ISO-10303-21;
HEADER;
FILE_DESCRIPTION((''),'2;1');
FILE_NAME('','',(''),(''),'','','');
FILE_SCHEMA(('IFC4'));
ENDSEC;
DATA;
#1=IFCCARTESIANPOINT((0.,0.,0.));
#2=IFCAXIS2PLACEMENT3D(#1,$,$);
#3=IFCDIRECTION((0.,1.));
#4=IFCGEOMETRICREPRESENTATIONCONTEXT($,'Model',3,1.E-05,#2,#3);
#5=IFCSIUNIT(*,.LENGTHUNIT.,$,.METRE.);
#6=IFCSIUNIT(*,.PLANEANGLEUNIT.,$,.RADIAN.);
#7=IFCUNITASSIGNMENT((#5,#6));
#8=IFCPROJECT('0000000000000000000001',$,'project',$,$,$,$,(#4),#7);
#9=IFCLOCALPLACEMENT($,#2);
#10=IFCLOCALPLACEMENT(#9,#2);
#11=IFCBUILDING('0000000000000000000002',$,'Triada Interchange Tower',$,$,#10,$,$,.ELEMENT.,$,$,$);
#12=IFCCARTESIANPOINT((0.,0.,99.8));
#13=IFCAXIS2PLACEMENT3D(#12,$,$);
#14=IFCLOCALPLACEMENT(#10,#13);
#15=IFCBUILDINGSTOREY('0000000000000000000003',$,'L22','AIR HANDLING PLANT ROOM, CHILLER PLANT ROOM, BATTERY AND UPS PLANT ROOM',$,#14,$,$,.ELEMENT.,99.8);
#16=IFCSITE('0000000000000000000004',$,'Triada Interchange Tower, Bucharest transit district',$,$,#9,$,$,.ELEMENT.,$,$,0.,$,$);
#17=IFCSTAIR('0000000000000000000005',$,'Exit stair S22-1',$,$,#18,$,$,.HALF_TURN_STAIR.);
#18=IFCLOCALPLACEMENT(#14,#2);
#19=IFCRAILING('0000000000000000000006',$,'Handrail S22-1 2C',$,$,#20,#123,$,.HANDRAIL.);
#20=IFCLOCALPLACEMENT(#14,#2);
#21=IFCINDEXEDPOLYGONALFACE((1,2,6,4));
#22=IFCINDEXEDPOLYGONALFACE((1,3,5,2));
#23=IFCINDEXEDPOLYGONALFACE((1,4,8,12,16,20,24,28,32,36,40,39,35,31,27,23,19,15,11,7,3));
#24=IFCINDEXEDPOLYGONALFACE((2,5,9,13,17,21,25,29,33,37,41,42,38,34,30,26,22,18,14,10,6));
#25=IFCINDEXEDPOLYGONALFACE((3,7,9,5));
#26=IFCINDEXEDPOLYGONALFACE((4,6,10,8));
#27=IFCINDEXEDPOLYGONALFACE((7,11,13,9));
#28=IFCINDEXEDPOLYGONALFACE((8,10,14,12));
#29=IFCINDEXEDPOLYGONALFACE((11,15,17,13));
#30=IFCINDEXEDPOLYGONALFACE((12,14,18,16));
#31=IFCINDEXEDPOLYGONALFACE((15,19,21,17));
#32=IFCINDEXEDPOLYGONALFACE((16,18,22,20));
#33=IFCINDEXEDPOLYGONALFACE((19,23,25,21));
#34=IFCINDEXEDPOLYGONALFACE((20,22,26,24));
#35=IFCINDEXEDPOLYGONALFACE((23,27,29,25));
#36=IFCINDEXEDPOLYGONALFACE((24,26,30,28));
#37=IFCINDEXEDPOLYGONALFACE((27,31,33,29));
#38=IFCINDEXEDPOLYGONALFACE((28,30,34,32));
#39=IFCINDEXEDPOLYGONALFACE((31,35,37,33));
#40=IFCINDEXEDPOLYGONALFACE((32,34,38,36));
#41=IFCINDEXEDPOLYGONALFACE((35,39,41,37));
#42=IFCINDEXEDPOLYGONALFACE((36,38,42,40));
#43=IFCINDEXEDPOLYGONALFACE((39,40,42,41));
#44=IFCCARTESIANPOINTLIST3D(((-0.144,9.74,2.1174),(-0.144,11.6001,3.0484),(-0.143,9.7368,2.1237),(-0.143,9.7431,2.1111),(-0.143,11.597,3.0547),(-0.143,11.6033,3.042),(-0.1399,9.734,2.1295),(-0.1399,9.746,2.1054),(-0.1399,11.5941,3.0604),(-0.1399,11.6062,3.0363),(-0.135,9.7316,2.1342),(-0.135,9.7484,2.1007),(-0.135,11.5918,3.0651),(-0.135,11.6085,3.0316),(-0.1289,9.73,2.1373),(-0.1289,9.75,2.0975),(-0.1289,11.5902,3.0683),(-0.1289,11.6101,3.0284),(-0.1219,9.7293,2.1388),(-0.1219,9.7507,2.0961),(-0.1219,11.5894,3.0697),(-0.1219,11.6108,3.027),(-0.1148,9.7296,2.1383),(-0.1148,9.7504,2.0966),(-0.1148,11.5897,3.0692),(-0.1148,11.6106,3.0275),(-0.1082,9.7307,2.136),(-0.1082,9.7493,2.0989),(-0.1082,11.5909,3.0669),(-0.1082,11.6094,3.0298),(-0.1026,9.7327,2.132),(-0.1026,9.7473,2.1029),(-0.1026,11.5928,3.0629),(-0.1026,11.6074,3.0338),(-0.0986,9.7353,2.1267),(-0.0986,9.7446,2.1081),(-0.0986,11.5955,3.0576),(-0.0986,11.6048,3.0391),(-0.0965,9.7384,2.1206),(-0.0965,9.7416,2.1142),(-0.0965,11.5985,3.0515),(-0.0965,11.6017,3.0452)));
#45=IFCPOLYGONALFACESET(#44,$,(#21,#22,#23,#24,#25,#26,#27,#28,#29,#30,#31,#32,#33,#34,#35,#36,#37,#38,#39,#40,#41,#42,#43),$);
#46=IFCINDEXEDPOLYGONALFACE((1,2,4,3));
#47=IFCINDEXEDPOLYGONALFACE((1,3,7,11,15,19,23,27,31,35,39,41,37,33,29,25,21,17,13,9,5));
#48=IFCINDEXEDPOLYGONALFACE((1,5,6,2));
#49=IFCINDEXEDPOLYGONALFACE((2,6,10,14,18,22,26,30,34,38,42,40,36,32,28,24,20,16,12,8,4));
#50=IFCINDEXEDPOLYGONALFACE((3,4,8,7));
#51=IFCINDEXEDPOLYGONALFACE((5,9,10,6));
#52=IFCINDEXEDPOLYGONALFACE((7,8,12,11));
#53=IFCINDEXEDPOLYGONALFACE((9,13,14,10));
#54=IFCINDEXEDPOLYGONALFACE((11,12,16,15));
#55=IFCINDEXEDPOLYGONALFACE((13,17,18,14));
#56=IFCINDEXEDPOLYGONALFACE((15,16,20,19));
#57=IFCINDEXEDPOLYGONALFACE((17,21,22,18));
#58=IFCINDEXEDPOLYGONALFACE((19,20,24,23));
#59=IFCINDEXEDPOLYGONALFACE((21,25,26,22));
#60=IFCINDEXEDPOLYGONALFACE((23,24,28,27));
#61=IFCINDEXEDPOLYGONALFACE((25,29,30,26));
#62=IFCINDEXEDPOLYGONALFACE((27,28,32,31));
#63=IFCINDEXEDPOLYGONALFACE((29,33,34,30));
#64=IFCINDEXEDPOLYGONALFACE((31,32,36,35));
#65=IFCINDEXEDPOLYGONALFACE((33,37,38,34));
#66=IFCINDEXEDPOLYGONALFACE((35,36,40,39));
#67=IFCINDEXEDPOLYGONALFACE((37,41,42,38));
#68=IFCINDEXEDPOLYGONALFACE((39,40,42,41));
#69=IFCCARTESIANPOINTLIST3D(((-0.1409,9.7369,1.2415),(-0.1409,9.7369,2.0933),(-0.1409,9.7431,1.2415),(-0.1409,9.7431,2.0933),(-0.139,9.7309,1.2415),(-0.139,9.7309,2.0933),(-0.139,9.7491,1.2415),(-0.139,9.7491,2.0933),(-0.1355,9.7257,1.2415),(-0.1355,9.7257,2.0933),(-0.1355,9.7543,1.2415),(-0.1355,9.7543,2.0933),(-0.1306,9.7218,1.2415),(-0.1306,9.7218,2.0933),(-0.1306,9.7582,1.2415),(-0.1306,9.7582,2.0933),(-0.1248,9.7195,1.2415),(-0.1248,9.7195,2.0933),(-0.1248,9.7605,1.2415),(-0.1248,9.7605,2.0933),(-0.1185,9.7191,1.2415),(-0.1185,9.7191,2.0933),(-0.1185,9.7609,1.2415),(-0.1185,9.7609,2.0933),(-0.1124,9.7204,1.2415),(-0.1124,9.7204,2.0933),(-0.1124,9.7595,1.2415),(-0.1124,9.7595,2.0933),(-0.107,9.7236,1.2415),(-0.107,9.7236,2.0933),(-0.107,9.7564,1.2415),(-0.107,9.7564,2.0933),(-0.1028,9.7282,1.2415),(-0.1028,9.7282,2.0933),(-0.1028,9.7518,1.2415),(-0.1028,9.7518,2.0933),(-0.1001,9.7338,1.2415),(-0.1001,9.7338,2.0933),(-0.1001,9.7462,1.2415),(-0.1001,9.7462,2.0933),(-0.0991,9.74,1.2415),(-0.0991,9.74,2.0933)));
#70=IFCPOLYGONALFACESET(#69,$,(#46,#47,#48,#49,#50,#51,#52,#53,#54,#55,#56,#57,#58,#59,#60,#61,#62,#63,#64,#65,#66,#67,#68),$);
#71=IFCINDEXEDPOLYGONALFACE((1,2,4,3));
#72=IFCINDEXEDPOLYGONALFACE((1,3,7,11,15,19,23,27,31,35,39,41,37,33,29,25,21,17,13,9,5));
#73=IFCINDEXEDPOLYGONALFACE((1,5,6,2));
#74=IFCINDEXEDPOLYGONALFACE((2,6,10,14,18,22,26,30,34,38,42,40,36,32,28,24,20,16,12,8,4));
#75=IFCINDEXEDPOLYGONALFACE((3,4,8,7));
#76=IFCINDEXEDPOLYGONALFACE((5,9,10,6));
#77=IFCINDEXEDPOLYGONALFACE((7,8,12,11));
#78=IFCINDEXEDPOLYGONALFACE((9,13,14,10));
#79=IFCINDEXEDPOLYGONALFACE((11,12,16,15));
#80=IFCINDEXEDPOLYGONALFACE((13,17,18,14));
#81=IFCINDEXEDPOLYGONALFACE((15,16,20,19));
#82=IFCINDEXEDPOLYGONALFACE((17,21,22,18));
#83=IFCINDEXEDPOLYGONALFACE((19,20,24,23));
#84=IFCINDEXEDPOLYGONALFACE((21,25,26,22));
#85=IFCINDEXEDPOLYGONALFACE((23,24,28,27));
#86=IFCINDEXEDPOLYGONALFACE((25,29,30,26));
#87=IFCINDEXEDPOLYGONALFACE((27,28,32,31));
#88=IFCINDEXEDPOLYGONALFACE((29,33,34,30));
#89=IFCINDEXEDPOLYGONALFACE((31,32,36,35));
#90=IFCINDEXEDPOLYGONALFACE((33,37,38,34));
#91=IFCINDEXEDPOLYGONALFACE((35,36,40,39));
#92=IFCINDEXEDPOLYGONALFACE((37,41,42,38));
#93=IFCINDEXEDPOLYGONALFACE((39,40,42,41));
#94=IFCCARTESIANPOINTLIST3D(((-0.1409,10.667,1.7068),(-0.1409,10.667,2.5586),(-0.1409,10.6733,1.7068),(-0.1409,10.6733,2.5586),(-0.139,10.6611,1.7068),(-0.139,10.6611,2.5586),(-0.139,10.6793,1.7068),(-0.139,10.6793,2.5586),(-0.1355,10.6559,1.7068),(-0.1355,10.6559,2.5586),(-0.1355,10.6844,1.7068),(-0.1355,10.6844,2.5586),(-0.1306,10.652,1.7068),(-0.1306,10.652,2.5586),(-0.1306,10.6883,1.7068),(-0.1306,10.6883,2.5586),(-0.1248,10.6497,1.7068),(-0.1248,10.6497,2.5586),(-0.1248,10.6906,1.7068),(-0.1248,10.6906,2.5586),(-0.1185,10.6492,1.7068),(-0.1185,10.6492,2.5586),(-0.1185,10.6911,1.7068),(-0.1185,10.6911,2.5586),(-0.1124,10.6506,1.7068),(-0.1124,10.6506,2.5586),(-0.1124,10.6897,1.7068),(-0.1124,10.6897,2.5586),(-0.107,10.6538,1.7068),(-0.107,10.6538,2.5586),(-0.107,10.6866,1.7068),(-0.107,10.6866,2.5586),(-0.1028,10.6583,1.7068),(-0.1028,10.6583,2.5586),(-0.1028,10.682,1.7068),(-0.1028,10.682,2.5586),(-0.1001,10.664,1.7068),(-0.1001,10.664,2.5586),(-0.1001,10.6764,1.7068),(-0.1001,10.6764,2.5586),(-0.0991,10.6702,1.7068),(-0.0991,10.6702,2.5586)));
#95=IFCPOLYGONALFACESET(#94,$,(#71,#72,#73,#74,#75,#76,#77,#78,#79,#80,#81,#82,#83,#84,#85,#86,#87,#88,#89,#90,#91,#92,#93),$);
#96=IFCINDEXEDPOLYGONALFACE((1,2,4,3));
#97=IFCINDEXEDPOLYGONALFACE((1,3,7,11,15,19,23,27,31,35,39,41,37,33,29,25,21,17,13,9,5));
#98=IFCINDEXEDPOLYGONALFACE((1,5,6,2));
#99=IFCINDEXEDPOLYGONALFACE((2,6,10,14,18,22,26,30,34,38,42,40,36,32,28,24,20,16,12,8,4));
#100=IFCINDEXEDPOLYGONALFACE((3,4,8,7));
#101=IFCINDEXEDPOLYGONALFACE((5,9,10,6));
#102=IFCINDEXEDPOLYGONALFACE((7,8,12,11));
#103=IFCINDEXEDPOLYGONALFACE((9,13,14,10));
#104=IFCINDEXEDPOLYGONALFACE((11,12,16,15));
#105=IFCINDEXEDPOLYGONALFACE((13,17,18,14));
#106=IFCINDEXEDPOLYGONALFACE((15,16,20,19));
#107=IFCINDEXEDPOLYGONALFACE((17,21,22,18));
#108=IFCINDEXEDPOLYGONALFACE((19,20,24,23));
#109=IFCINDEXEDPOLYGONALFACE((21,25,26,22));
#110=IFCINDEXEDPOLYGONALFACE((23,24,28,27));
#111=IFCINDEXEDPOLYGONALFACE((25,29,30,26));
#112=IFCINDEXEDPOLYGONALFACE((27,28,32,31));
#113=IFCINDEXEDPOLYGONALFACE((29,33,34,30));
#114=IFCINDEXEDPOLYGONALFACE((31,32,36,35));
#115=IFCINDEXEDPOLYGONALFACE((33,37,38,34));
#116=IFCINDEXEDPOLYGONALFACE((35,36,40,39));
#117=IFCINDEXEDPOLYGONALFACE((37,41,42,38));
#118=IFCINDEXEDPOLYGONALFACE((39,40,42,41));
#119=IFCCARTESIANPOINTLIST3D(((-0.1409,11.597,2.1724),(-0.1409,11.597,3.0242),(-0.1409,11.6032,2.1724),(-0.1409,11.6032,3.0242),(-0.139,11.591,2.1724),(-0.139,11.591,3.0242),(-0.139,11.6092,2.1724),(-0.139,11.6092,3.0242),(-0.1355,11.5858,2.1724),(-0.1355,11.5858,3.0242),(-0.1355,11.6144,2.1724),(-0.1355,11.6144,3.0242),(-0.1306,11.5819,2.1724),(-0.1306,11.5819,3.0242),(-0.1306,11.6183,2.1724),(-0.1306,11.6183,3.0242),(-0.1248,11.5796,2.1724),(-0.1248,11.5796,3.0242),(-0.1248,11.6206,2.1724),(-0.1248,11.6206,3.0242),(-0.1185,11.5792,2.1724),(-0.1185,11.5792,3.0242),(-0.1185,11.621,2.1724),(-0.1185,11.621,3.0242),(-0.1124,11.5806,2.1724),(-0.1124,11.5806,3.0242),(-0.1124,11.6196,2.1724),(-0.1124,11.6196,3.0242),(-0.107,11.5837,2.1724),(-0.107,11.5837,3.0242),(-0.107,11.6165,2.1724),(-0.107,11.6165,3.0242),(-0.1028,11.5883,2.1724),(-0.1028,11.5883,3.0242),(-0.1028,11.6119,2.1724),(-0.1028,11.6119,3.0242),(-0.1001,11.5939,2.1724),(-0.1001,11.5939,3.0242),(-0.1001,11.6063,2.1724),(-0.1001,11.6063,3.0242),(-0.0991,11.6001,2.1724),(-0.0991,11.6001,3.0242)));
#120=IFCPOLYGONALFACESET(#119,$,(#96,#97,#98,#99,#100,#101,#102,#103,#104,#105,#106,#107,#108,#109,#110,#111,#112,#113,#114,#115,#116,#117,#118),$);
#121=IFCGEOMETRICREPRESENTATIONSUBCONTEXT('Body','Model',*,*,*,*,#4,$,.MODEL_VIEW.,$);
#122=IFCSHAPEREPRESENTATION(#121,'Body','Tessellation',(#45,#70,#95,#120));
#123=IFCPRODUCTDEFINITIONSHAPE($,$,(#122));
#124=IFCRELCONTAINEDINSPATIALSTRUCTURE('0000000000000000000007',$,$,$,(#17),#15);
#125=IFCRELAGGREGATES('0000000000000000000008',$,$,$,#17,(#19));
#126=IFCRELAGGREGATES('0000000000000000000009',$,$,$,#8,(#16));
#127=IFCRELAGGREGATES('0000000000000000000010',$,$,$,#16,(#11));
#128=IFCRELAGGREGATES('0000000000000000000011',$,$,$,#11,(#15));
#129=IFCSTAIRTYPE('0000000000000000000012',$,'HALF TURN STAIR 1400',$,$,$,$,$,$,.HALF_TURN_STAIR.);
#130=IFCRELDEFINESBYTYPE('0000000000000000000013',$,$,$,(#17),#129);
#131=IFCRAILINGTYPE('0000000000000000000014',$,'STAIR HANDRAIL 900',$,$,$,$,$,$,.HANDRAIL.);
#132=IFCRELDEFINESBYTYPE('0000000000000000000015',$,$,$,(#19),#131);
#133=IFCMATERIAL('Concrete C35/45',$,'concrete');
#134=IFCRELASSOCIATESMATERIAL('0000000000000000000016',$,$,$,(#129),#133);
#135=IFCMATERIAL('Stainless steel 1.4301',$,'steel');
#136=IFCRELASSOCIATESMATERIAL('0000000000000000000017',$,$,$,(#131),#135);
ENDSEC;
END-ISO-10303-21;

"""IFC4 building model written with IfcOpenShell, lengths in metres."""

from ifc_helpers import new_model, si_unit, direction, frame, origin, origin_2d, place, context, subcontext, project, spatial, circle, extrude, material, type_object, element, aggregate, save


model = new_model("IFC4")

# Units and contexts
model_context = context("Model", 3, precision=1e-05, world=origin(), true_north=direction((0.0, 1.0)))
body_context = subcontext(model_context, "Body", "Model", "MODEL_VIEW")
ifc_project = project(units=[si_unit("LENGTHUNIT", "METRE"), si_unit("PLANEANGLEUNIT", "RADIAN")], contexts=[model_context])

# Site, building, storey
site_placement = place(None, origin())
site = spatial("IfcSite", under=ifc_project, at=site_placement, Name="Triada Interchange Tower, Bucharest transit district", CompositionType="ELEMENT", RefElevation=0.0)
building_placement = place(site_placement, origin())
building = spatial("IfcBuilding", under=site, at=building_placement, Name="Triada Interchange Tower", CompositionType="ELEMENT")
storey_placement = place(building_placement, frame((0.0, 0.0, 99.8)))
storey = spatial("IfcBuildingStorey", under=building, at=storey_placement, Name="L22", Description="AIR HANDLING PLANT ROOM, CHILLER PLANT ROOM, BATTERY AND UPS PLANT ROOM", CompositionType="ELEMENT", Elevation=99.8)

# Stair
ifc_material_1 = material(Name="Concrete C35/45", Category="concrete")
stair_type = type_object("IfcStairType", Name="HALF TURN STAIR 1400", PredefinedType="HALF_TURN_STAIR", material=ifc_material_1)
stair_placement = place(storey_placement, origin())
stair = element("IfcStair", 1, at=stair_placement, inside=storey, type_object=stair_type, Name="Exit stair S22-1", PredefinedType="HALF_TURN_STAIR")

# Railing
ifc_material_2 = material(Name="Stainless steel 1.4301", Category="steel")
railing_type = type_object("IfcRailingType", Name="STAIR HANDRAIL 900", PredefinedType="HANDRAIL", material=ifc_material_2)
railing_1_placement = place(storey_placement, frame((-0.1201, 9.74, 1.2415)))
railing_1 = element("IfcRailing", 2, at=railing_1_placement, type_object=railing_type, Name="Handrail S22-1 2C", PredefinedType="HANDRAIL", context=body_context, shape_type="SweptSolid", body=[
    extrude(circle(Radius=0.0239, at=origin_2d()), frame((0.0, 0.0, 0.876), z_axis=(0.0, 0.894263, 0.447542), x_axis=(-1.0, 0.0, 0.0)), (0.0, 0.0, 1.0), 2.0801),
    extrude(circle(Radius=0.021, at=origin_2d()), origin(), (0.0, 0.0, 1.0), 0.8518),
    extrude(circle(Radius=0.021, at=origin_2d()), frame((0.0, 0.9302, 0.4653)), (0.0, 0.0, 1.0), 0.8518),
    extrude(circle(Radius=0.021, at=origin_2d()), frame((0.0, 1.8601, 0.9309)), (0.0, 0.0, 1.0), 0.8518),
])
aggregate(stair, [railing_1])

save(model, "model.ifc")
